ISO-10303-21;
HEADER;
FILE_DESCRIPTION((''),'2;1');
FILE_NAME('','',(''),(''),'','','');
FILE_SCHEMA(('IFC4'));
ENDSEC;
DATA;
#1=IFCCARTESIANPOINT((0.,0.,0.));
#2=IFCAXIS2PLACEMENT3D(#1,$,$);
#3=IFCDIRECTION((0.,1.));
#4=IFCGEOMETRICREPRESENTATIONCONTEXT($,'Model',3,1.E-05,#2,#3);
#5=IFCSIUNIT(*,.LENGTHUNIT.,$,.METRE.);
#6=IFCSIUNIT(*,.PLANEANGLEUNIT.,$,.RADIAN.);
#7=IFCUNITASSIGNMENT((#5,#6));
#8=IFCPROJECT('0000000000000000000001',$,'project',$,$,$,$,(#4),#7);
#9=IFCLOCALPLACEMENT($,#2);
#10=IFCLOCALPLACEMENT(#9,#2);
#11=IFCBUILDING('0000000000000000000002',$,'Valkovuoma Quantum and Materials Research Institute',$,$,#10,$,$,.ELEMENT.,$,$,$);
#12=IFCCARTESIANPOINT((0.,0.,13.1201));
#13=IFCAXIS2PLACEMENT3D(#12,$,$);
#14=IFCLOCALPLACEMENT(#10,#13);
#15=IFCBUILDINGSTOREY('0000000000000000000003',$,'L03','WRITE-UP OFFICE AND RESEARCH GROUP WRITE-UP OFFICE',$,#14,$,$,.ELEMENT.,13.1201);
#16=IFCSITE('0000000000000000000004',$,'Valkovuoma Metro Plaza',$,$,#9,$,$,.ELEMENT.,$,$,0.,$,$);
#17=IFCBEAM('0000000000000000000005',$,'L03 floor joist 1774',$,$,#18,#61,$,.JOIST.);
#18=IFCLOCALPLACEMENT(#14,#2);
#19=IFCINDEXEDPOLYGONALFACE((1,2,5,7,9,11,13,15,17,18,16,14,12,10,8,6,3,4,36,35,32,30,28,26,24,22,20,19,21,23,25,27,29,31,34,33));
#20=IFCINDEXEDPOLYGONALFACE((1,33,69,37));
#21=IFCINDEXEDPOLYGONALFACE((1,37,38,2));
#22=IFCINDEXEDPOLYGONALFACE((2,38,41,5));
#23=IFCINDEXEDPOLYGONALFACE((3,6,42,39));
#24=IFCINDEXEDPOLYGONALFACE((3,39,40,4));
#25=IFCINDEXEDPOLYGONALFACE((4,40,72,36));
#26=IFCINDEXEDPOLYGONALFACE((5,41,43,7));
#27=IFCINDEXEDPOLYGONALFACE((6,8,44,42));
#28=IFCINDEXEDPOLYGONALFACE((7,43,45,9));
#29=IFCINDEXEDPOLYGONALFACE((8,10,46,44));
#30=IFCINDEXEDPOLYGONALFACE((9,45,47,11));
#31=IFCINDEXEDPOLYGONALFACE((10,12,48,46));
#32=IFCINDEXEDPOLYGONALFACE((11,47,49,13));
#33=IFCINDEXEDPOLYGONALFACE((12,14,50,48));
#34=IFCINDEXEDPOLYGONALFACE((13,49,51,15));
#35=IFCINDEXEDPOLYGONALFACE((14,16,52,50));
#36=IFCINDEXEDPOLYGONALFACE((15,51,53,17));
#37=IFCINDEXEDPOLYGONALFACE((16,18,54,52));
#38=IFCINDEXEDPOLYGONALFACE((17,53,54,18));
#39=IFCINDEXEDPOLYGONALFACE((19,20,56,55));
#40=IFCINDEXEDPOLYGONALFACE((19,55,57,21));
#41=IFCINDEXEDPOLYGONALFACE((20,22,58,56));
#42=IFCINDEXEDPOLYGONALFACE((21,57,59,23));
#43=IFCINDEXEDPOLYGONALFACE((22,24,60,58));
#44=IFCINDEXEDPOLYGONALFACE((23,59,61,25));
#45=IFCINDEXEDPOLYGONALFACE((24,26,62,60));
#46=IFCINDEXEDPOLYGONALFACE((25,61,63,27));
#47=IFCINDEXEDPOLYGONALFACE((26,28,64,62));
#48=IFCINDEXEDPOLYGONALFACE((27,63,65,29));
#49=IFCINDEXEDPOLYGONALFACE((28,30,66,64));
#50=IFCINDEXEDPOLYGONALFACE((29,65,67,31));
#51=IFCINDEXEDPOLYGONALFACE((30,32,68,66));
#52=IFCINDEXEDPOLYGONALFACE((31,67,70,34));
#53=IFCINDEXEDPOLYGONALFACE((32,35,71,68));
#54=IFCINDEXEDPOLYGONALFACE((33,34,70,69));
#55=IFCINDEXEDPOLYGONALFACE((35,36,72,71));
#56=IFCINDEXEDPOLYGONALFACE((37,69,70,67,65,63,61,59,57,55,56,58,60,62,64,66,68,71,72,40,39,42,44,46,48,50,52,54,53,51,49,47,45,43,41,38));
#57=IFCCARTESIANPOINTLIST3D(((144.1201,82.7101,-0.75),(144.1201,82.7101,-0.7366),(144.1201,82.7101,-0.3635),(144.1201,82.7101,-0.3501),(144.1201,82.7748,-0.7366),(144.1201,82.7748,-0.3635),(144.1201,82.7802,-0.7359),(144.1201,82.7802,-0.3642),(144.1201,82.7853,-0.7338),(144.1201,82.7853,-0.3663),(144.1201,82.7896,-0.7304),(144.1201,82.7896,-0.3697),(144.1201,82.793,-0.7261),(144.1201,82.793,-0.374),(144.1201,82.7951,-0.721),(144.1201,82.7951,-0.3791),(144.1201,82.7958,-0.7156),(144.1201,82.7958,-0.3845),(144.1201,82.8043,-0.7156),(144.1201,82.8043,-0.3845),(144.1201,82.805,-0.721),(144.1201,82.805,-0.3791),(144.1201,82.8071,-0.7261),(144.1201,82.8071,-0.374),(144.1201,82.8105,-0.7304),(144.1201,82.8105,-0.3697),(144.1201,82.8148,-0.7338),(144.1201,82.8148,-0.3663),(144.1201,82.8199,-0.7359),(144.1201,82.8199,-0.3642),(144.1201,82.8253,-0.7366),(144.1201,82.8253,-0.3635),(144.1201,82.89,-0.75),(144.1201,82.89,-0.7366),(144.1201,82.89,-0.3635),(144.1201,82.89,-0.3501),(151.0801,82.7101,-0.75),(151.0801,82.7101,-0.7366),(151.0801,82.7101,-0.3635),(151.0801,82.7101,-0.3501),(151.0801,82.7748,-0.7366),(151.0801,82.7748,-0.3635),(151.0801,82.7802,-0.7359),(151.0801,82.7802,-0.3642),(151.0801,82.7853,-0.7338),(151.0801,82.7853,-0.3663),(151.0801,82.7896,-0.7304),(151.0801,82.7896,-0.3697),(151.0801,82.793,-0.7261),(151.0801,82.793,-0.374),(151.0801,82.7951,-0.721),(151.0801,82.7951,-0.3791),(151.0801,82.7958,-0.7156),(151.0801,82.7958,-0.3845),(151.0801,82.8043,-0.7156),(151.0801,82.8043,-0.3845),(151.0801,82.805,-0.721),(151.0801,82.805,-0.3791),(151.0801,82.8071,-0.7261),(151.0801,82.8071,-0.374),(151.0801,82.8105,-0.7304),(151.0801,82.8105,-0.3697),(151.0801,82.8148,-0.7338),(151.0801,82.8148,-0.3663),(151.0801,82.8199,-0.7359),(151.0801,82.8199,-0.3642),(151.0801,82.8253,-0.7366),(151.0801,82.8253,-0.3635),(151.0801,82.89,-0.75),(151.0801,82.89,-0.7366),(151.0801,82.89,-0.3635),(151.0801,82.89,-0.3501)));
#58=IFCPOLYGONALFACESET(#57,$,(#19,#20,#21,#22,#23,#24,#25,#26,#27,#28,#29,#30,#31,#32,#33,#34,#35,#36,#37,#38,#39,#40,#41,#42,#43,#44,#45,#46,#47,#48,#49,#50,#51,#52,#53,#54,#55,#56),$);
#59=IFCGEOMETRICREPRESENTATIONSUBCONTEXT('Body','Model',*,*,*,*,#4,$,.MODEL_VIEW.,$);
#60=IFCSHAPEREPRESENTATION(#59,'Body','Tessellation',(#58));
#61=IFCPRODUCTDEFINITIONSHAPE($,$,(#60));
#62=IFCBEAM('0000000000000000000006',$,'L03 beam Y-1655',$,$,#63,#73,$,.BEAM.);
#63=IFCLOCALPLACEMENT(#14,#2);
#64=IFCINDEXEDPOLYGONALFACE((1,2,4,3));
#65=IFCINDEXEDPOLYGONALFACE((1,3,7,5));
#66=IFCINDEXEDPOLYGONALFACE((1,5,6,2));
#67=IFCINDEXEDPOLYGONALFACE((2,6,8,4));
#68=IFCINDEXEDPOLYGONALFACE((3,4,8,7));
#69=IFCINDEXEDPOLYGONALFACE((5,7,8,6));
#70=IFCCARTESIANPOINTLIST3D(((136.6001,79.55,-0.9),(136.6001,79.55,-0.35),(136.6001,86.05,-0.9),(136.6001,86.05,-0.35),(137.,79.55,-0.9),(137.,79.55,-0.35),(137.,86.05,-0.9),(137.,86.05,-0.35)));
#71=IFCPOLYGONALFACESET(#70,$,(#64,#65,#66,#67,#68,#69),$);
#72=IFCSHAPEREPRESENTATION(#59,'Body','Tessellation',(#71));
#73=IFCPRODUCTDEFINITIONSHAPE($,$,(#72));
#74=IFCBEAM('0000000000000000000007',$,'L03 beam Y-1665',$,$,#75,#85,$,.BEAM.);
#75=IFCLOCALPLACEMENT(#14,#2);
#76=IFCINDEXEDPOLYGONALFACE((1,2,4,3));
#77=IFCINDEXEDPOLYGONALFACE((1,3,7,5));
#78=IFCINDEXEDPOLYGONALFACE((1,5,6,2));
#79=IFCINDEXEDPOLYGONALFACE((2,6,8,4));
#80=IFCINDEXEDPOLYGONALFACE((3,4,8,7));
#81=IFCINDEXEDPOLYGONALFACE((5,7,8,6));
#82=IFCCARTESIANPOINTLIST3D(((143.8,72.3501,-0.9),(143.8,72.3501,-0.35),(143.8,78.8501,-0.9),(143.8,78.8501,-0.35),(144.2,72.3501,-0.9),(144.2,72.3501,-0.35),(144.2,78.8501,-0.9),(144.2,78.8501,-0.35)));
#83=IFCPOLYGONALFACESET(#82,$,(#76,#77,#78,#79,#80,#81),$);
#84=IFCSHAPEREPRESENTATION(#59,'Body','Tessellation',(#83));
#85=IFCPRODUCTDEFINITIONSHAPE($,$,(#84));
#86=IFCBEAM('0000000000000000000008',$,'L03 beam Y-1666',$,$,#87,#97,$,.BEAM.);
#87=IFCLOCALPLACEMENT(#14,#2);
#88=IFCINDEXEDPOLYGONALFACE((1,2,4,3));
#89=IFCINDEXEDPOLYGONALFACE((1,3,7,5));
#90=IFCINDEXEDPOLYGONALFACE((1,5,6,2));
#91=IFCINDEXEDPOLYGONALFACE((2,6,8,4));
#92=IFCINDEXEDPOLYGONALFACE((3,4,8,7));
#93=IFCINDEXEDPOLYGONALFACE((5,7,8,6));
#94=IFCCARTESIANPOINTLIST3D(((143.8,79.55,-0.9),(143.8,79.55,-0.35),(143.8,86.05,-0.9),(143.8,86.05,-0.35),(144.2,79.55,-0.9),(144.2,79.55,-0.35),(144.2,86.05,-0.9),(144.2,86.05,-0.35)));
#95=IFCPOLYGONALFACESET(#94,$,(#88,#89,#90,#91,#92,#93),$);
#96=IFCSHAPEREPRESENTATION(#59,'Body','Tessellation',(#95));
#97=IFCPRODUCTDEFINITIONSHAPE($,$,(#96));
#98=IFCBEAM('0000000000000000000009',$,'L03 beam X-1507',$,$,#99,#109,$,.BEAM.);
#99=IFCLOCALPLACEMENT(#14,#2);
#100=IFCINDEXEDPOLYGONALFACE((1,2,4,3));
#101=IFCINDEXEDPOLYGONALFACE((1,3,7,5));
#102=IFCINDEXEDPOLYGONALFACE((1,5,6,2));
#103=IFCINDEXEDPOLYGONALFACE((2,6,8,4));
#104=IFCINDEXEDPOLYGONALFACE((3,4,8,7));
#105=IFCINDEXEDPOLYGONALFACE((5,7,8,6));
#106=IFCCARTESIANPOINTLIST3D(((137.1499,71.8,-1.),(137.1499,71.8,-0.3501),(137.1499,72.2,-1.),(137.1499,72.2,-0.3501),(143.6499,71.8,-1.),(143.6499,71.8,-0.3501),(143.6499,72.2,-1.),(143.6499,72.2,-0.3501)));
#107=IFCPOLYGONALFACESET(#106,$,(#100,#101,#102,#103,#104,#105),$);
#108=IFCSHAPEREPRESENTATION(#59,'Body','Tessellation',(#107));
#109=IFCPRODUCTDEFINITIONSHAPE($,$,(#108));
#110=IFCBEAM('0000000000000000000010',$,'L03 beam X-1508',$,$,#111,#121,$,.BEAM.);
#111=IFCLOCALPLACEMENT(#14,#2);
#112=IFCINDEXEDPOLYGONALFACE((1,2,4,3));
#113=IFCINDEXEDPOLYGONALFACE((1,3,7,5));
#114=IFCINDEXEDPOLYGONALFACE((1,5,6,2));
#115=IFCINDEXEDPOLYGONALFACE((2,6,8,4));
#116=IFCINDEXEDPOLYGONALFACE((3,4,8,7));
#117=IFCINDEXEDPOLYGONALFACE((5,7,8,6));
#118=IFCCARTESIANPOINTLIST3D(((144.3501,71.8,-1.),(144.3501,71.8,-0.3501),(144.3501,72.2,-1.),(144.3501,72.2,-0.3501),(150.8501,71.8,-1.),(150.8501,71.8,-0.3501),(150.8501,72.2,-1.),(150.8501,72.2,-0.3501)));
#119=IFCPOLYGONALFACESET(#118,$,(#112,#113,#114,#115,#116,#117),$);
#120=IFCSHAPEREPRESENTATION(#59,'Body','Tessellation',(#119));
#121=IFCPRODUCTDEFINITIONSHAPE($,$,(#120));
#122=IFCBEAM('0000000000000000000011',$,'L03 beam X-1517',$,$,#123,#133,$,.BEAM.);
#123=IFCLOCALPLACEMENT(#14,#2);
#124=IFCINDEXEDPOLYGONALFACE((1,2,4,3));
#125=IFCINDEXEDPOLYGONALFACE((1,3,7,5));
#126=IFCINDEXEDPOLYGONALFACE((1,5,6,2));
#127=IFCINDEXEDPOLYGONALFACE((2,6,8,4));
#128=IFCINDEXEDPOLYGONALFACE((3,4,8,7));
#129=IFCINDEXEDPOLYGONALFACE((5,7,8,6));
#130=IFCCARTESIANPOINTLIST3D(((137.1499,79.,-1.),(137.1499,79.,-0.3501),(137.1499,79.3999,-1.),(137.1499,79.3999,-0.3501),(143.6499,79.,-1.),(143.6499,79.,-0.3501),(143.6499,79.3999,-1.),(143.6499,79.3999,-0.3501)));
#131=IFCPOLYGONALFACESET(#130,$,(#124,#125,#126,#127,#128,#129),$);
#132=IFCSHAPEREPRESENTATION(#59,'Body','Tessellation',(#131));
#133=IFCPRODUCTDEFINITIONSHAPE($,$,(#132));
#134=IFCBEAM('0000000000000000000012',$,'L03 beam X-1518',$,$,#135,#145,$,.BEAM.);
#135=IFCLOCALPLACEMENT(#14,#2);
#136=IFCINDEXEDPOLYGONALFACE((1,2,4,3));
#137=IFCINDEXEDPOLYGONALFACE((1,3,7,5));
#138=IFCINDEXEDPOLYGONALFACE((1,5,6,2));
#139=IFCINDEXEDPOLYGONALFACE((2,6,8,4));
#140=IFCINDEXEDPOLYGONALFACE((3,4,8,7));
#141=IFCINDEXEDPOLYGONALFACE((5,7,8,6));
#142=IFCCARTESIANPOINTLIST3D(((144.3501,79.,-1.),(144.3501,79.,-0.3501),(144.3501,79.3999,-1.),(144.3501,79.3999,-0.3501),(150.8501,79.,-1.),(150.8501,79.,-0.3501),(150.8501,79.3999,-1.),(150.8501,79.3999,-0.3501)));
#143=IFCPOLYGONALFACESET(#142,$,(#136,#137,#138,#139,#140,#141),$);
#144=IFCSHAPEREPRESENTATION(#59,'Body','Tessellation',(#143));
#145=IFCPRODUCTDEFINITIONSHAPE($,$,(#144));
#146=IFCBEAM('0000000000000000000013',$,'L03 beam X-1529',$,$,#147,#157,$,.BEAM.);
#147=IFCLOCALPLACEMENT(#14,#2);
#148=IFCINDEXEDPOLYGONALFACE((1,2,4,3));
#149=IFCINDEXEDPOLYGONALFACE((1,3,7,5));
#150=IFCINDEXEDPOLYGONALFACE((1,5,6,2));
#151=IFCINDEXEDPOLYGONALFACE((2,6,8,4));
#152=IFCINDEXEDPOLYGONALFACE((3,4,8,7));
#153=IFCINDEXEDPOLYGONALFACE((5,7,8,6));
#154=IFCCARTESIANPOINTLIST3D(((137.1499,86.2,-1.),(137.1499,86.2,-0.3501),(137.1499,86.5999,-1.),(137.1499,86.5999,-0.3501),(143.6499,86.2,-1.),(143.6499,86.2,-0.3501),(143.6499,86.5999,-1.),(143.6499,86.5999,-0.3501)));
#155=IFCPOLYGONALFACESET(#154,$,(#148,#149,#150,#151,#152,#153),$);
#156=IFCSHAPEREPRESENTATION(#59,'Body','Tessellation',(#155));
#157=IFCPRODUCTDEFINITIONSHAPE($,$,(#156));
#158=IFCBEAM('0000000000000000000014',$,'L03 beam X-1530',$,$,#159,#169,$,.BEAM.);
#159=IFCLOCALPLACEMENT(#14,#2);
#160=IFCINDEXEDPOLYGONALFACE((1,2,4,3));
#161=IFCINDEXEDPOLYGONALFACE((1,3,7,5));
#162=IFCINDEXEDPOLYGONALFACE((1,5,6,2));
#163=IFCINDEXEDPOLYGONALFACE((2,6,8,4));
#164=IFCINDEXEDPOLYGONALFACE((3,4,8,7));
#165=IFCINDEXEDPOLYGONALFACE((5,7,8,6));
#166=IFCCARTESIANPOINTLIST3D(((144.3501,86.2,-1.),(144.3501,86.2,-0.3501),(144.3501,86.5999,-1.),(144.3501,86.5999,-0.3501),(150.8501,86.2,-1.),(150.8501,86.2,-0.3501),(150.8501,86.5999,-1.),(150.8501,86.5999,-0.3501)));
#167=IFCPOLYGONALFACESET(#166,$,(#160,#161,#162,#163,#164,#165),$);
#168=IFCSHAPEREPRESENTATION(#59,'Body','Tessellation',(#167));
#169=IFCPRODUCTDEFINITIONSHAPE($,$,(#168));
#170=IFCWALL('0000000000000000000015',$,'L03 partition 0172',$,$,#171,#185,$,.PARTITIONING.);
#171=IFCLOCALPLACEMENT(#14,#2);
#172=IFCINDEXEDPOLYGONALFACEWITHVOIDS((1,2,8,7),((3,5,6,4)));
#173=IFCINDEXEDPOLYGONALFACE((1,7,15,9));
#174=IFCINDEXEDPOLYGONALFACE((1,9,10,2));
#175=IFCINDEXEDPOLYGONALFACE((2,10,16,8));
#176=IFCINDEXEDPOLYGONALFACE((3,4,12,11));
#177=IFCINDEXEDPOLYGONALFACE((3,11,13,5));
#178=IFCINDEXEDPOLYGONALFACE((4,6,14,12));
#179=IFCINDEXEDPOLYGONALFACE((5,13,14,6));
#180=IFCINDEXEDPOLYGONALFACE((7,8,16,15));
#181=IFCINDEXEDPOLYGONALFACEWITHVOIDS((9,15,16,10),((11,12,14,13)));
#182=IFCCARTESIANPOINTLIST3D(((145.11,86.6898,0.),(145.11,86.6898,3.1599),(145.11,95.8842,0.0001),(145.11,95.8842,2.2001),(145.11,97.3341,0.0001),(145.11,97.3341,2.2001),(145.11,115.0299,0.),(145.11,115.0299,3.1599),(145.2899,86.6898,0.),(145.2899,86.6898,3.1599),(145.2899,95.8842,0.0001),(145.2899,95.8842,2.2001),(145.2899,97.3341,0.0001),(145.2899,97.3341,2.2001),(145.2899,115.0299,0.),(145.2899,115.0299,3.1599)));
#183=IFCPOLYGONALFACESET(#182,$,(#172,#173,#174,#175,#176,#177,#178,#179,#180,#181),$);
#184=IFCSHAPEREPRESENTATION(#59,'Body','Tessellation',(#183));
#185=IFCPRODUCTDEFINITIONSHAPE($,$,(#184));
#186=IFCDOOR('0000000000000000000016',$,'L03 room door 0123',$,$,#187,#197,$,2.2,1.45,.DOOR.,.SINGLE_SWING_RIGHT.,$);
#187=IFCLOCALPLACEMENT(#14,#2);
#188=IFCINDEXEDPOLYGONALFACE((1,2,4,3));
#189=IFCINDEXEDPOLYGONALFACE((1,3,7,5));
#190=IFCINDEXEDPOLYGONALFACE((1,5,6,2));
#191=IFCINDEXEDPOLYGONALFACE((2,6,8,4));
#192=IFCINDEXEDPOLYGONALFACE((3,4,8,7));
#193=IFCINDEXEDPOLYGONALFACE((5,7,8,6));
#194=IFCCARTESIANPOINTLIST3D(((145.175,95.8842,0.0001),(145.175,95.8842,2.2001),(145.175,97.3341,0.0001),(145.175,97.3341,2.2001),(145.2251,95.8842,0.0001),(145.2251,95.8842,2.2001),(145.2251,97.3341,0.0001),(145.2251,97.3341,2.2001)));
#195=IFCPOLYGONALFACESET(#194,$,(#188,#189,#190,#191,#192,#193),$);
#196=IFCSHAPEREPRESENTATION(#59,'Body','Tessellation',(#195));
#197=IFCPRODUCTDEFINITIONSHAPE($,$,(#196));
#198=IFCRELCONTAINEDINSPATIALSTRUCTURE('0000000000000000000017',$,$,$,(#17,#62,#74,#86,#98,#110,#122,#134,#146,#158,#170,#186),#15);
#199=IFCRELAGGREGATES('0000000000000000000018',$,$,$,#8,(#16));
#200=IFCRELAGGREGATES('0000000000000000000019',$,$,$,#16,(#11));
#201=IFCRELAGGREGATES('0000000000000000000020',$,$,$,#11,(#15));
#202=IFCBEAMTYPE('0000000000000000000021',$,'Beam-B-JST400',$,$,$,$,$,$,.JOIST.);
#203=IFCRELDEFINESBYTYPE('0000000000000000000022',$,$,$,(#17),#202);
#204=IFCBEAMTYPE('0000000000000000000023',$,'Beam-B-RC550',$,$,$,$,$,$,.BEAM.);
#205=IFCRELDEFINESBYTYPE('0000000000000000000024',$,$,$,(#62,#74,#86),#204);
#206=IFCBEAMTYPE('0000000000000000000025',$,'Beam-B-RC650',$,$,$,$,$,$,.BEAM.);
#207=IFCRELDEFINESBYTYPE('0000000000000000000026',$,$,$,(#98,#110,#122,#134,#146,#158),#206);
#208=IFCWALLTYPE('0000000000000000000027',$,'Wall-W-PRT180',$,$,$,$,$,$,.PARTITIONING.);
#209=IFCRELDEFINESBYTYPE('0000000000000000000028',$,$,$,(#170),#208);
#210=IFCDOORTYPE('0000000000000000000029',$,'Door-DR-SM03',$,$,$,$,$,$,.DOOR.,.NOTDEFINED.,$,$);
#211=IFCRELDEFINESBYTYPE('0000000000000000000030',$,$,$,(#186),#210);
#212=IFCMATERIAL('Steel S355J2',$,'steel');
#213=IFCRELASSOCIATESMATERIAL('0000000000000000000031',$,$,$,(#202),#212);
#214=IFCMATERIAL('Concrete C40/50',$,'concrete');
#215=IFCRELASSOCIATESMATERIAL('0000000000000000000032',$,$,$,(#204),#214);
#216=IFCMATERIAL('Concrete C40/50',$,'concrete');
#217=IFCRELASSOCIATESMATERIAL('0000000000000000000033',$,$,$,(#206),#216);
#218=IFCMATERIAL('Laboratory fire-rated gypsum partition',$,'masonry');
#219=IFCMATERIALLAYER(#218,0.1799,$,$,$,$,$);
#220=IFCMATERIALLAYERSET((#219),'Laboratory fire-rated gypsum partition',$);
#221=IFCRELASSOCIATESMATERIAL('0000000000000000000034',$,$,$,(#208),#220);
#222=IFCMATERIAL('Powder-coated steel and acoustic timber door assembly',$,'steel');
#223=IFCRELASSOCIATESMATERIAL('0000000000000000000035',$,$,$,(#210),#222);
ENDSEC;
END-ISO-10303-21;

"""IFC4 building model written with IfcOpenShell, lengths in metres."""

from ifc_helpers import new_model, si_unit, direction, frame, frame_2d, origin, origin_2d, place, context, subcontext, project, spatial, rectangle, i_section, extrude, material, layer, layer_set, material_profile, profile_set, type_object, element, fill, save


model = new_model("IFC4")

# Units and contexts
model_context = context("Model", 3, precision=1e-05, world=origin(), true_north=direction((0.0, 1.0)))
body_context = subcontext(model_context, "Body", "Model", "MODEL_VIEW")
ifc_project = project(units=[si_unit("LENGTHUNIT", "METRE"), si_unit("PLANEANGLEUNIT", "RADIAN")], contexts=[model_context])

# Site, building, storey
site_placement = place(None, origin())
site = spatial("IfcSite", under=ifc_project, at=site_placement, Name="Valkovuoma Metro Plaza", CompositionType="ELEMENT", RefElevation=0.0)
building_placement = place(site_placement, origin())
building = spatial("IfcBuilding", under=site, at=building_placement, Name="Valkovuoma Quantum and Materials Research Institute", CompositionType="ELEMENT")
storey_placement = place(building_placement, frame((0.0, 0.0, 13.1201)))
storey = spatial("IfcBuildingStorey", under=building, at=storey_placement, Name="L03", Description="WRITE-UP OFFICE AND RESEARCH GROUP WRITE-UP OFFICE", CompositionType="ELEMENT", Elevation=13.1201)

# Beams
ifc_material_1 = material(Name="Steel S355J2", Category="steel")
ifc_material_profile_1 = material_profile(ifc_material_1, i_section(OverallWidth=0.1799, OverallDepth=0.3999, WebThickness=0.0085, FlangeThickness=0.0134, FilletRadius=0.021, at=origin_2d()), Name="Steel S355J2")
ifc_profile_set_1 = profile_set([ifc_material_profile_1], Name="Steel S355J2")
beam_type_1 = type_object("IfcBeamType", Name="Beam-B-JST400", PredefinedType="JOIST", material=ifc_profile_set_1)
for number, where, z_axis, x_axis, name in (
    (1, (144.1201, 82.8, -0.55), (1.0, 0.0, 0.0), (0.0, 1.0, 0.0), "L03 floor joist 1774"),
):
    element("IfcBeam", number, at=place(storey_placement, frame(where, z_axis=z_axis, x_axis=x_axis)), inside=storey, type_object=beam_type_1, Name=name, PredefinedType="JOIST", context=body_context, shape_type="SweptSolid", body=[
        extrude(i_section(OverallWidth=0.1799, OverallDepth=0.3999, WebThickness=0.0085, FlangeThickness=0.0134, FilletRadius=0.021, at=origin_2d()), origin(), (0.0, 0.0, 1.0), 6.96),
    ])
ifc_material_2 = material(Name="Concrete C40/50", Category="concrete")
ifc_material_profile_2 = material_profile(ifc_material_2, rectangle(XDim=0.3999, YDim=0.55, at=origin_2d()), Name="Concrete C40/50")
ifc_profile_set_2 = profile_set([ifc_material_profile_2], Name="Concrete C40/50")
beam_type_2 = type_object("IfcBeamType", Name="Beam-B-RC550", PredefinedType="BEAM", material=ifc_profile_set_2)
for number, where, z_axis, x_axis, name in (
    (2, (136.8, 79.55, -0.625), (0.0, 1.0, 0.0), (-1.0, 0.0, 0.0), "L03 beam Y-1655"),
    (3, (144.0, 72.3501, -0.625), (0.0, 1.0, 0.0), (-1.0, 0.0, 0.0), "L03 beam Y-1665"),
    (4, (144.0, 79.55, -0.625), (0.0, 1.0, 0.0), (-1.0, 0.0, 0.0), "L03 beam Y-1666"),
):
    element("IfcBeam", number, at=place(storey_placement, frame(where, z_axis=z_axis, x_axis=x_axis)), inside=storey, type_object=beam_type_2, Name=name, PredefinedType="BEAM", context=body_context, shape_type="SweptSolid", body=[
        extrude(rectangle(XDim=0.3999, YDim=0.55, at=origin_2d()), origin(), (0.0, 0.0, 1.0), 6.5),
    ])
ifc_material_3 = material(Name="Concrete C40/50", Category="concrete")
ifc_material_profile_3 = material_profile(ifc_material_3, rectangle(XDim=0.3999, YDim=0.6499, at=origin_2d()), Name="Concrete C40/50")
ifc_profile_set_3 = profile_set([ifc_material_profile_3], Name="Concrete C40/50")
beam_type_3 = type_object("IfcBeamType", Name="Beam-B-RC650", PredefinedType="BEAM", material=ifc_profile_set_3)
for number, where, z_axis, x_axis, name in (
    (5, (137.1499, 72.0, -0.675), (1.0, 0.0, 0.0), (0.0, 1.0, 0.0), "L03 beam X-1507"),
    (6, (144.3501, 72.0, -0.675), (1.0, 0.0, 0.0), (0.0, 1.0, 0.0), "L03 beam X-1508"),
    (7, (137.1499, 79.2, -0.675), (1.0, 0.0, 0.0), (0.0, 1.0, 0.0), "L03 beam X-1517"),
    (8, (144.3501, 79.2, -0.675), (1.0, 0.0, 0.0), (0.0, 1.0, 0.0), "L03 beam X-1518"),
    (9, (137.1499, 86.3999, -0.675), (1.0, 0.0, 0.0), (0.0, 1.0, 0.0), "L03 beam X-1529"),
    (10, (144.3501, 86.3999, -0.675), (1.0, 0.0, 0.0), (0.0, 1.0, 0.0), "L03 beam X-1530"),
):
    element("IfcBeam", number, at=place(storey_placement, frame(where, z_axis=z_axis, x_axis=x_axis)), inside=storey, type_object=beam_type_3, Name=name, PredefinedType="BEAM", context=body_context, shape_type="SweptSolid", body=[
        extrude(rectangle(XDim=0.3999, YDim=0.6499, at=origin_2d()), origin(), (0.0, 0.0, 1.0), 6.5),
    ])

# Wall, opening, door
ifc_material_4 = material(Name="Laboratory fire-rated gypsum partition", Category="masonry")
ifc_layer = layer(ifc_material_4, 0.1799)
ifc_layer_set = layer_set([ifc_layer], Name="Laboratory fire-rated gypsum partition")
wall_type = type_object("IfcWallType", Name="Wall-W-PRT180", PredefinedType="PARTITIONING", material=ifc_layer_set)
wall_placement = place(storey_placement, frame((145.2, 86.6899, 0.0), z_axis=(0.0, 0.0, 1.0), x_axis=(0.0, 1.0, 0.0)))
wall = element("IfcWall", 11, at=wall_placement, inside=storey, type_object=wall_type, Name="L03 partition 0172", PredefinedType="PARTITIONING", context=body_context, shape_type="SweptSolid", body=[
    extrude(rectangle(XDim=28.3401, YDim=0.1799, at=frame_2d((14.1699, 0.0))), origin(), (0.0, 0.0, 1.0), 3.1599),
])
opening_placement = place(wall_placement, frame((9.1941, 0.0, 0.0)))
opening = element("IfcOpeningElement", 12, at=opening_placement, cuts=wall, PredefinedType="OPENING", context=body_context, shape_type="SweptSolid", body=[
    extrude(rectangle(XDim=1.45, YDim=2.2, at=frame_2d((0.7251, 1.1001))), frame((0.0, 0.1001, 0.0), z_axis=(0.0, -1.0, 0.0), x_axis=(1.0, 0.0, 0.0)), (0.0, 0.0, 1.0), 0.2),
])
ifc_material_5 = material(Name="Powder-coated steel and acoustic timber door assembly", Category="steel")
door_type = type_object("IfcDoorType", Name="Door-DR-SM03", OperationType="NOTDEFINED", PredefinedType="DOOR", material=ifc_material_5)
door_placement = place(opening_placement, origin())
door = element("IfcDoor", 13, at=door_placement, inside=storey, type_object=door_type, Name="L03 room door 0123", OperationType="SINGLE_SWING_RIGHT", OverallHeight=2.2, OverallWidth=1.45, PredefinedType="DOOR", context=body_context, shape_type="SweptSolid", body=[
    extrude(rectangle(XDim=1.45, YDim=2.2, at=frame_2d((0.7251, 1.1001))), frame((0.0, 0.0249, 0.0), z_axis=(0.0, -1.0, 0.0), x_axis=(1.0, 0.0, 0.0)), (0.0, 0.0, 1.0), 0.05),
])
fill(opening, door)

save(model, "model.ifc")
